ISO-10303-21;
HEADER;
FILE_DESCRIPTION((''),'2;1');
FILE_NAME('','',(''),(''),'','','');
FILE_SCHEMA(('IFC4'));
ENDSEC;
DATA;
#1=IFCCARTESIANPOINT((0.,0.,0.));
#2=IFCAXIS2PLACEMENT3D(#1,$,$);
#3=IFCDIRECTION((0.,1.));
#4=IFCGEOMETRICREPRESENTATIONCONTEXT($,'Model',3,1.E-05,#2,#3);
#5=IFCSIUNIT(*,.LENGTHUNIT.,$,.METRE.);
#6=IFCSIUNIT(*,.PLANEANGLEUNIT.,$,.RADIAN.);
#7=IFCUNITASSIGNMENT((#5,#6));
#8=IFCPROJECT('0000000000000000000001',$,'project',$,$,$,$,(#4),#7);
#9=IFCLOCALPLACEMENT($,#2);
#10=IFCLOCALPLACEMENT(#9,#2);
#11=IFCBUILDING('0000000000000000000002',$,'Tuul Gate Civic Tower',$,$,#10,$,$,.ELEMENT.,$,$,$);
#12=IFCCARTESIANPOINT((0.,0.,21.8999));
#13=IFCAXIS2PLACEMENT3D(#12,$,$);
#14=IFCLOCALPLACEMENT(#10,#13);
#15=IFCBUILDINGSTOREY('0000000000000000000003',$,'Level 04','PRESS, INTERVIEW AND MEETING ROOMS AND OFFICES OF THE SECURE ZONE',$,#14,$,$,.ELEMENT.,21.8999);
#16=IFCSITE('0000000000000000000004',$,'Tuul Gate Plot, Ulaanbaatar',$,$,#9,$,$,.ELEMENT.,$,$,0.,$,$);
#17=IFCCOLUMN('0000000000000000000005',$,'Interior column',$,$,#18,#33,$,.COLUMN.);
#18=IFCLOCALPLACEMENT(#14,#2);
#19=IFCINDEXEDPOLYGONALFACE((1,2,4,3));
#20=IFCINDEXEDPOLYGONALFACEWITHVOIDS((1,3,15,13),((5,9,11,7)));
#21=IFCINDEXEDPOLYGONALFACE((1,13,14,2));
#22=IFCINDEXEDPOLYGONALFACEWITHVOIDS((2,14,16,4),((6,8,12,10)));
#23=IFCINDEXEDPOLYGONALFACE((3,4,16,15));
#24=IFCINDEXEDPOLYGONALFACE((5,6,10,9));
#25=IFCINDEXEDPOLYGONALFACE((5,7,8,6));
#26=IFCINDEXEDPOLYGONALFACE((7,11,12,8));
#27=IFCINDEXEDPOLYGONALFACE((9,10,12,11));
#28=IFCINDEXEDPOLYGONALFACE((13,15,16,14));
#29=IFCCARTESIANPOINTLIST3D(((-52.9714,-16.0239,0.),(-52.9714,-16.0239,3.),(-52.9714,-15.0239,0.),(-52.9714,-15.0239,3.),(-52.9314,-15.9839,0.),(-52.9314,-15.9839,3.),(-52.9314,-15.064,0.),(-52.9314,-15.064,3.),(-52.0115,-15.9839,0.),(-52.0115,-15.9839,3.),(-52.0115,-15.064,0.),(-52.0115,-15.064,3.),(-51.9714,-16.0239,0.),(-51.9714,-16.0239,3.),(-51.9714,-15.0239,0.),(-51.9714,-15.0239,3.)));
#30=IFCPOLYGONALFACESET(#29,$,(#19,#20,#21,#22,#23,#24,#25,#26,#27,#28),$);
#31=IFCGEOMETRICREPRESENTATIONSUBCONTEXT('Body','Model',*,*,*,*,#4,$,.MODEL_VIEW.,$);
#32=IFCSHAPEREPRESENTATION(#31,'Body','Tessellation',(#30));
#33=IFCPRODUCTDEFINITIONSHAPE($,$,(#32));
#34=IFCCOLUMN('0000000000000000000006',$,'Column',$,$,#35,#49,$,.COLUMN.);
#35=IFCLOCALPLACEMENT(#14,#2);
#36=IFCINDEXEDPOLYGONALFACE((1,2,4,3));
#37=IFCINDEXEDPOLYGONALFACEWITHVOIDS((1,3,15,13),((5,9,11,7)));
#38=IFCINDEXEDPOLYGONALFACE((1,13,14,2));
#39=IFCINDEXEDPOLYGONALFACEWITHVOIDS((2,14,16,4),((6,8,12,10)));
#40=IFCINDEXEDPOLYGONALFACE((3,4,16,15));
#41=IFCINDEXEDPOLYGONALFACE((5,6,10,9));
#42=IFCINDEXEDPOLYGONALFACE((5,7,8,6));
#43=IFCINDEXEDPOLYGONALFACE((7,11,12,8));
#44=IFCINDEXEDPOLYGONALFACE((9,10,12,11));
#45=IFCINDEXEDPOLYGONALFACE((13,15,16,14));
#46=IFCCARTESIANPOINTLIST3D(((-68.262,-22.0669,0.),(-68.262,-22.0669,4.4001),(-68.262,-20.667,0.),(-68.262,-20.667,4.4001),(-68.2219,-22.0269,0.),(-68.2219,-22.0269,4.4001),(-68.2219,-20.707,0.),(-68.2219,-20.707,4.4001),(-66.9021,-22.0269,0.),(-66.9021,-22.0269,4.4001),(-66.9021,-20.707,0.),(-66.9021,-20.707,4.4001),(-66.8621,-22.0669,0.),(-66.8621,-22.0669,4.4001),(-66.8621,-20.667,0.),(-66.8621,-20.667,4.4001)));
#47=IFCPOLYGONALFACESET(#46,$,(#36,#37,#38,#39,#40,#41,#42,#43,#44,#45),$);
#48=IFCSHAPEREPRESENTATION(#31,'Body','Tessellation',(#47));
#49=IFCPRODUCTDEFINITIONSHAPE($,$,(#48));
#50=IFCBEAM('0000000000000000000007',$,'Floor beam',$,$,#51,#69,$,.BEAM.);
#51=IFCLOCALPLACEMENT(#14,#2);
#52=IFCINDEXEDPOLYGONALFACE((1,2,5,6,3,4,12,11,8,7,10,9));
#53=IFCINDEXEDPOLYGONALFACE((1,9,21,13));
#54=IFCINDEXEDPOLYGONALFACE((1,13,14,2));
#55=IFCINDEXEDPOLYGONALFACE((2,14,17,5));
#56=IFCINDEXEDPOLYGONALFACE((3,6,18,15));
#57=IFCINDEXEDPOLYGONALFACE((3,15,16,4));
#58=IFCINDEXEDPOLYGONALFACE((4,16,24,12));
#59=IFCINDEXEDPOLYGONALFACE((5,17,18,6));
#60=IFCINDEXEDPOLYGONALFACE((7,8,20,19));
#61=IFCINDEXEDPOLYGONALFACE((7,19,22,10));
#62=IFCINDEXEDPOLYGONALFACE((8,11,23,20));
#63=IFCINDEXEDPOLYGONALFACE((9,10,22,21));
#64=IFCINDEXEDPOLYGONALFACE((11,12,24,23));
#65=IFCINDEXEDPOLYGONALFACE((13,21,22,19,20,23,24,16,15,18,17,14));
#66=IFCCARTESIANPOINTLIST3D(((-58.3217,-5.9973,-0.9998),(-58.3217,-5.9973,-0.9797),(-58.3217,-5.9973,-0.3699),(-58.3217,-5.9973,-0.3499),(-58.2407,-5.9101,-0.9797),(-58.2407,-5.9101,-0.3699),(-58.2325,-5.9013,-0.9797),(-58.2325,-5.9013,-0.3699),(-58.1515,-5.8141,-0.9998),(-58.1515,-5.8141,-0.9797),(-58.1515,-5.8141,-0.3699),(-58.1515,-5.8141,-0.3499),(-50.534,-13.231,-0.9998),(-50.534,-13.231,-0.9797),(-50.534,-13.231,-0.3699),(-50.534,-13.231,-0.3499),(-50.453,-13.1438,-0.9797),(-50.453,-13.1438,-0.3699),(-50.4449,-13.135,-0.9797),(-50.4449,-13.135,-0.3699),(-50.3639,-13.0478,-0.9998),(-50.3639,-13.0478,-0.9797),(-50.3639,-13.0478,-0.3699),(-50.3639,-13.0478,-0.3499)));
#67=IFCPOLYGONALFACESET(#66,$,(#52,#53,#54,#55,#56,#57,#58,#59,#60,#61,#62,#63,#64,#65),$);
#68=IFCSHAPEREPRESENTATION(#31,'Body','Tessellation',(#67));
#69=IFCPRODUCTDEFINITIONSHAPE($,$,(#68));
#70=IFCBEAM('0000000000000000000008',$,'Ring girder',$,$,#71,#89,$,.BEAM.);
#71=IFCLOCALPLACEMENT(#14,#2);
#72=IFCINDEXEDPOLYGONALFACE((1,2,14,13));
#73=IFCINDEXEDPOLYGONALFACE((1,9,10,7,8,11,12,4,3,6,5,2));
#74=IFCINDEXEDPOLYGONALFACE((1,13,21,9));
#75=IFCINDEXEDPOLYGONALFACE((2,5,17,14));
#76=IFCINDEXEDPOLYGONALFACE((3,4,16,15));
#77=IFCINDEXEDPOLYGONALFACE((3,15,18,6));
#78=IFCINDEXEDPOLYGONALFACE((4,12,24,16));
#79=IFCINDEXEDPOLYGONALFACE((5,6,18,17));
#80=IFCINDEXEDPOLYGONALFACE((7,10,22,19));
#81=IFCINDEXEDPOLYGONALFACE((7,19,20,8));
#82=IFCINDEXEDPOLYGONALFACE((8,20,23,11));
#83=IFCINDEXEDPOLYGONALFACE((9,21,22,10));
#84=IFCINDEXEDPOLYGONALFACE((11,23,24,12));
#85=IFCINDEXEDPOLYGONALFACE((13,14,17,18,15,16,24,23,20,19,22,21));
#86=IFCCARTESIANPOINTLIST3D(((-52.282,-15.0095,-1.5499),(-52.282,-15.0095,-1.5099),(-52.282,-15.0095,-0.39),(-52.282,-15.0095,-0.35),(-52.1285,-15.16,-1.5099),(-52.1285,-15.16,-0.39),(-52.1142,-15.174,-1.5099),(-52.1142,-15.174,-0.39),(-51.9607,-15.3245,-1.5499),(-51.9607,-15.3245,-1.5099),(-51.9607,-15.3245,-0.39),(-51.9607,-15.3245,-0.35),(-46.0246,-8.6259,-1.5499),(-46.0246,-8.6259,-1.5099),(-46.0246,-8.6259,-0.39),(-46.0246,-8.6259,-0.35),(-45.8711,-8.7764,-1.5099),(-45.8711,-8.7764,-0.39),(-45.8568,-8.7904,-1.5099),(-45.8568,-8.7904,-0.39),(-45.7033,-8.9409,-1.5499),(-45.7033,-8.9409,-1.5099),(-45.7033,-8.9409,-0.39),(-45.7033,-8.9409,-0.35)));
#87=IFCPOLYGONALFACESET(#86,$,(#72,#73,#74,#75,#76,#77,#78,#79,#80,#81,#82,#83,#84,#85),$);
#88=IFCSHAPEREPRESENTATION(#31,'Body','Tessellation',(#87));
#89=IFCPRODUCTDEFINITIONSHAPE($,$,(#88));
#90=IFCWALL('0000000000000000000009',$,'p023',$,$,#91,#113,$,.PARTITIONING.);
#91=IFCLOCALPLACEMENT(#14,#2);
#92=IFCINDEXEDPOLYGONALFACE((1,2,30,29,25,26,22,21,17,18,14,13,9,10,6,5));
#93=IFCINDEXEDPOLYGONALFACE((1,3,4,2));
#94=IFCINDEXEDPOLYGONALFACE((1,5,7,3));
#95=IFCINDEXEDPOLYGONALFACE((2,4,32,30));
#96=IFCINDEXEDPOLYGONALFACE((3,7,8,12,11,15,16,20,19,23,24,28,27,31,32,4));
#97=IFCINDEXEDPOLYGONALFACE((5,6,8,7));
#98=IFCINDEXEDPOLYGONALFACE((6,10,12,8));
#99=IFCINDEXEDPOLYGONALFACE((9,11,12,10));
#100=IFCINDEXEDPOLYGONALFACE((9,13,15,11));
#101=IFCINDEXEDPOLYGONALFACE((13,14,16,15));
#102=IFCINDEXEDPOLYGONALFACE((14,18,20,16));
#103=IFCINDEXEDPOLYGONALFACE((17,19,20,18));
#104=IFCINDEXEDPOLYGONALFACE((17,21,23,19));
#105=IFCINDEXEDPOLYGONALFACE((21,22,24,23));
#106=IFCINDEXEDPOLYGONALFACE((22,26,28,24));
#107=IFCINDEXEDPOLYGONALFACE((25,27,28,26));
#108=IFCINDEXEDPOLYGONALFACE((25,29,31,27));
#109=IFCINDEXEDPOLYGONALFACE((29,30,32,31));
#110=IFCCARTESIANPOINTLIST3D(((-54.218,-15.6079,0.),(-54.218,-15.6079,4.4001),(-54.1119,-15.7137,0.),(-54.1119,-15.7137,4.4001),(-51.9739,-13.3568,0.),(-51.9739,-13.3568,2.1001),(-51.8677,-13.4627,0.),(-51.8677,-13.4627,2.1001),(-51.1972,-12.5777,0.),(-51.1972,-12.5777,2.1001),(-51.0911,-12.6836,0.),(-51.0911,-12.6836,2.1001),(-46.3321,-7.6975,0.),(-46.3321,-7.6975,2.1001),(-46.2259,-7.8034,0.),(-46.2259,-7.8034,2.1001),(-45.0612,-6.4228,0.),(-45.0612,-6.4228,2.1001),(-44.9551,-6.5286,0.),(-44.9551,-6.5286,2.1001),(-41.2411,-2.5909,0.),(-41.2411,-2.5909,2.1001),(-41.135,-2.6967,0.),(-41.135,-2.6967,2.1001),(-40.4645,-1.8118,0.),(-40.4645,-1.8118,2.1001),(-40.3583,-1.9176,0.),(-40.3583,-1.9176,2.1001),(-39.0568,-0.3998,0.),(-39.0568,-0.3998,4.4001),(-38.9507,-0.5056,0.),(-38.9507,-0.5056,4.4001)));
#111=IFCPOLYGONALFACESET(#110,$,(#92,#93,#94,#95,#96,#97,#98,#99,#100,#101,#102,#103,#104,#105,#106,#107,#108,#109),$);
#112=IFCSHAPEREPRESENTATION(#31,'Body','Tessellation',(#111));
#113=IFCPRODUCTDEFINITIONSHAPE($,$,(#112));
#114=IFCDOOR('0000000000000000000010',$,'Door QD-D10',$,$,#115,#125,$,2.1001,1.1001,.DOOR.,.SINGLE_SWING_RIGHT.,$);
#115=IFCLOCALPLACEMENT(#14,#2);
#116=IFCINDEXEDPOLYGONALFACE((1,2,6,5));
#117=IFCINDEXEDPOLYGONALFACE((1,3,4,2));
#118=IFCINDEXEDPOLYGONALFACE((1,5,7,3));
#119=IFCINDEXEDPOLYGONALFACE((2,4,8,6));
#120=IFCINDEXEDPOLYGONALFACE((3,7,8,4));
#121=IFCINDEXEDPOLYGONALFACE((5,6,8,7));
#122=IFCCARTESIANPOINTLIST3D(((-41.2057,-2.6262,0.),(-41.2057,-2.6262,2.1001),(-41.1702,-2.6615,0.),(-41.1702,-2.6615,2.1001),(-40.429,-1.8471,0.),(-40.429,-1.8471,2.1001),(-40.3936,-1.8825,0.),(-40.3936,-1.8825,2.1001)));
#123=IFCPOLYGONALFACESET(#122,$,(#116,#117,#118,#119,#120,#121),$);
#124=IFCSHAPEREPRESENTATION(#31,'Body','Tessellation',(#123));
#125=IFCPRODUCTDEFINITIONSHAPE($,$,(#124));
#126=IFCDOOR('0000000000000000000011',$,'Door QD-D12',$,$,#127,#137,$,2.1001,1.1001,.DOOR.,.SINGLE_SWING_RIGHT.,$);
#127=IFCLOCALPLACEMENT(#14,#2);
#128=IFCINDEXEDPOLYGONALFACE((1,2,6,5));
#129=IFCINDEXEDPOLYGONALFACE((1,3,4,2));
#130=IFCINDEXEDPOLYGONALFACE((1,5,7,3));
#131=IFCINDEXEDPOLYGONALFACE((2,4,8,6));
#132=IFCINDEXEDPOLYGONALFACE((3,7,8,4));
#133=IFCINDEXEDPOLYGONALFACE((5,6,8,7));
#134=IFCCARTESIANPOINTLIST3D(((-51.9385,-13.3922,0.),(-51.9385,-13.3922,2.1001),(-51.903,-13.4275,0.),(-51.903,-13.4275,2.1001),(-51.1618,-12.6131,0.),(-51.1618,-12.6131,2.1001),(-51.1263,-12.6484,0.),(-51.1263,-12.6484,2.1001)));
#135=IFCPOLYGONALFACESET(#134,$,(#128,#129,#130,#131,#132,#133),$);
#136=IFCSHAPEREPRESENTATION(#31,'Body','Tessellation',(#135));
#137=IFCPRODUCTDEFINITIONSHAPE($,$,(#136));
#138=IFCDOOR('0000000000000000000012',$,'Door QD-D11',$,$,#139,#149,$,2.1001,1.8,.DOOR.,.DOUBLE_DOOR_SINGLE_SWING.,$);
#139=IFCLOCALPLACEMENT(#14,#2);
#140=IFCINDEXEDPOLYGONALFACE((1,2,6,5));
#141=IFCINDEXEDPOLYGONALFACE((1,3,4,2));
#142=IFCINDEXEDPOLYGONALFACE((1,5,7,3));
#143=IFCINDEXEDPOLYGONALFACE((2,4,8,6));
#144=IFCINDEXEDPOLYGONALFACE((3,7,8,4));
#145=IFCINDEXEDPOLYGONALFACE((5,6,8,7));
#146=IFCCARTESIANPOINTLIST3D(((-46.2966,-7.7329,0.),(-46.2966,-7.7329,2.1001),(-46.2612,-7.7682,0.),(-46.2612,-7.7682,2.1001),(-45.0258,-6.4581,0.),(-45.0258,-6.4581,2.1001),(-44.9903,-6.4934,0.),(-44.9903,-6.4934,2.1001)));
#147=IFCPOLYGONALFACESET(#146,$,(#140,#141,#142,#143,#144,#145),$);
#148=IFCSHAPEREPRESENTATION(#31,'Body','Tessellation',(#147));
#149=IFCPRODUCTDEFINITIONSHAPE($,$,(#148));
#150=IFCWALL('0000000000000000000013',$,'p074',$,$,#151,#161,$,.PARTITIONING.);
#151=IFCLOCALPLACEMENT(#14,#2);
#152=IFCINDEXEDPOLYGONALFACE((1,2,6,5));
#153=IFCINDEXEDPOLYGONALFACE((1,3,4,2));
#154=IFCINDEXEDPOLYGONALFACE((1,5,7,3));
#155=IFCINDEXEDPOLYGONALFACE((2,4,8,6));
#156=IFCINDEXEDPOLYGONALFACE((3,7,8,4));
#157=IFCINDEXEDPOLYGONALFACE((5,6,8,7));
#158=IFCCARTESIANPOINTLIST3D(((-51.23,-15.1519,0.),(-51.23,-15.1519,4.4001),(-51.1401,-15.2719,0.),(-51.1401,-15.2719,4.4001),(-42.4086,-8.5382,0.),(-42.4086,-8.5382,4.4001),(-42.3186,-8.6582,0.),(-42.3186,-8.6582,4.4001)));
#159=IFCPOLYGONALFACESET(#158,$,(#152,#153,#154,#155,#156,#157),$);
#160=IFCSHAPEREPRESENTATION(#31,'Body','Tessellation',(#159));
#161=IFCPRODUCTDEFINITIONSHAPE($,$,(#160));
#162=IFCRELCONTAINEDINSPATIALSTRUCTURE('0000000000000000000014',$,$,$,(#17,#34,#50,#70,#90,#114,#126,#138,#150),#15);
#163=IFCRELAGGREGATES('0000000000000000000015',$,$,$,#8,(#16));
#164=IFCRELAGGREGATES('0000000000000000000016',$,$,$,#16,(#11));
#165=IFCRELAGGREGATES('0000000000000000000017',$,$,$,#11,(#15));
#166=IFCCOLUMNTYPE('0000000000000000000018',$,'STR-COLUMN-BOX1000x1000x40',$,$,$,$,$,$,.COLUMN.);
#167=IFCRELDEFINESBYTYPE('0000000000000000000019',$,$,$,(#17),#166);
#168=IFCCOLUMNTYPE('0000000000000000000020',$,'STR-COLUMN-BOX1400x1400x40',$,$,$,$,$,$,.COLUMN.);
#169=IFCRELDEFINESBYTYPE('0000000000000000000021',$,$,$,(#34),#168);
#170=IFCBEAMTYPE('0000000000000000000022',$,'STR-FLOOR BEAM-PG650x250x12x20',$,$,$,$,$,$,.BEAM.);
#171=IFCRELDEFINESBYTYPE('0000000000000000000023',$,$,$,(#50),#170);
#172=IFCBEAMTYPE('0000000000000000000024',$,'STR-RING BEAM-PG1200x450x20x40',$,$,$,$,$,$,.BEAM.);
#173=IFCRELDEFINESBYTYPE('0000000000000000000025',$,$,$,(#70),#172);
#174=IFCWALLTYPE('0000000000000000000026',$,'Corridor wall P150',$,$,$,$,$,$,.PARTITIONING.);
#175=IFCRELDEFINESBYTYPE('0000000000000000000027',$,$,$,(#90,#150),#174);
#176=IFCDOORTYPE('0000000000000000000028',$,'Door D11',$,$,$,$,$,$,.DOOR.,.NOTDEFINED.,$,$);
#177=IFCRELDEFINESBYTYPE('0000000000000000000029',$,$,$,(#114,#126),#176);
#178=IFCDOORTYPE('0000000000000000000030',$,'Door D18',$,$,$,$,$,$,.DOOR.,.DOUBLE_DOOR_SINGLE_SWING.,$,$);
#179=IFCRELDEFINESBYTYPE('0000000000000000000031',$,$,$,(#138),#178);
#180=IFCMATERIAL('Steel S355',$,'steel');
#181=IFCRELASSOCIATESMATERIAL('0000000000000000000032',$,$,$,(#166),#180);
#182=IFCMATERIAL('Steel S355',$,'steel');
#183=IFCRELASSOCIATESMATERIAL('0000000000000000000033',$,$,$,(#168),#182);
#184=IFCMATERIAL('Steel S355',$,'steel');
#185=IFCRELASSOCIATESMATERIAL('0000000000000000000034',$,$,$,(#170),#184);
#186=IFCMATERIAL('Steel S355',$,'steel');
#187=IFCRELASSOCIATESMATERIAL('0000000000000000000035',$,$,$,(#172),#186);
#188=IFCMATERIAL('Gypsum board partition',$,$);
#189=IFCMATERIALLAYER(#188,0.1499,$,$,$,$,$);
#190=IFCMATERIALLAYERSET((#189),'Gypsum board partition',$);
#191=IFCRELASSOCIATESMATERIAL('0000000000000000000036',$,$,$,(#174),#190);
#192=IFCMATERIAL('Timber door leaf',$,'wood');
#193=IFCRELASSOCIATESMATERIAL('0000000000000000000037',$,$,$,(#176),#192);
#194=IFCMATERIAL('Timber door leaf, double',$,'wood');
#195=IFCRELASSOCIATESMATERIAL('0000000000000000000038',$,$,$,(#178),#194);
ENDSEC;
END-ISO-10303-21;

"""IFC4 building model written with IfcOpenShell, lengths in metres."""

from ifc_helpers import new_model, si_unit, direction, frame, frame_2d, origin, origin_2d, place, context, subcontext, project, spatial, rectangle, hollow_rectangle, i_section, extrude, material, layer, layer_set, material_profile, profile_set, type_object, element, fill, save


model = new_model("IFC4")

# Units and contexts
model_context = context("Model", 3, precision=1e-05, world=origin(), true_north=direction((0.0, 1.0)))
body_context = subcontext(model_context, "Body", "Model", "MODEL_VIEW")
ifc_project = project(units=[si_unit("LENGTHUNIT", "METRE"), si_unit("PLANEANGLEUNIT", "RADIAN")], contexts=[model_context])

# Site, building, storey
site_placement = place(None, origin())
site = spatial("IfcSite", under=ifc_project, at=site_placement, Name="Tuul Gate Plot, Ulaanbaatar", CompositionType="ELEMENT", RefElevation=0.0)
building_placement = place(site_placement, origin())
building = spatial("IfcBuilding", under=site, at=building_placement, Name="Tuul Gate Civic Tower", CompositionType="ELEMENT")
storey_placement = place(building_placement, frame((0.0, 0.0, 21.8999)))
storey = spatial("IfcBuildingStorey", under=building, at=storey_placement, Name="Level 04", Description="PRESS, INTERVIEW AND MEETING ROOMS AND OFFICES OF THE SECURE ZONE", CompositionType="ELEMENT", Elevation=21.8999)

# Columns
ifc_material_1 = material(Name="Steel S355", Category="steel")
ifc_material_profile_1 = material_profile(ifc_material_1, hollow_rectangle(XDim=1.0, YDim=1.0, WallThickness=0.04, at=origin_2d()), Name="BOX1000x1000x40")
ifc_profile_set_1 = profile_set([ifc_material_profile_1], Name="Steel S355")
column_type_1 = type_object("IfcColumnType", Name="STR-COLUMN-BOX1000x1000x40", PredefinedType="COLUMN", material=ifc_profile_set_1)
column_1_placement = place(storey_placement, frame((-52.4714, -15.5239, 0.0), z_axis=(0.0, 0.0, 1.0), x_axis=(1.0, 0.0, 0.0)))
element("IfcColumn", 1, at=column_1_placement, inside=storey, type_object=column_type_1, Name="Interior column", PredefinedType="COLUMN", context=body_context, shape_type="SweptSolid", body=[
    extrude(hollow_rectangle(XDim=1.0, YDim=1.0, WallThickness=0.04, at=origin_2d()), origin(), (0.0, 0.0, 1.0), 3.0),
])
ifc_material_2 = material(Name="Steel S355", Category="steel")
ifc_material_profile_2 = material_profile(ifc_material_2, hollow_rectangle(XDim=1.3999, YDim=1.3999, WallThickness=0.04, at=origin_2d()), Name="BOX1400x1400x40")
ifc_profile_set_2 = profile_set([ifc_material_profile_2], Name="Steel S355")
column_type_2 = type_object("IfcColumnType", Name="STR-COLUMN-BOX1400x1400x40", PredefinedType="COLUMN", material=ifc_profile_set_2)
column_2_placement = place(storey_placement, frame((-67.562, -21.3669, 0.0), z_axis=(0.0, 0.0, 1.0), x_axis=(1.0, 0.0, 0.0)))
element("IfcColumn", 2, at=column_2_placement, inside=storey, type_object=column_type_2, Name="Column", PredefinedType="COLUMN", context=body_context, shape_type="SweptSolid", body=[
    extrude(hollow_rectangle(XDim=1.3999, YDim=1.3999, WallThickness=0.04, at=origin_2d()), origin(), (0.0, 0.0, 1.0), 4.4001),
])

# Beams
ifc_material_3 = material(Name="Steel S355", Category="steel")
ifc_material_profile_3 = material_profile(ifc_material_3, i_section(OverallWidth=0.25, OverallDepth=0.6499, WebThickness=0.012, FlangeThickness=0.02, at=origin_2d()), Name="PG650x250x12x20")
ifc_profile_set_3 = profile_set([ifc_material_profile_3], Name="Steel S355")
beam_type_1 = type_object("IfcBeamType", Name="STR-FLOOR BEAM-PG650x250x12x20", PredefinedType="BEAM", material=ifc_profile_set_3)
beam_1_placement = place(storey_placement, frame((-50.449, -13.1394, -0.6748), z_axis=(-0.732685, 0.680567, 0.0), x_axis=(-0.680567, -0.732685, 0.0)))
element("IfcBeam", 3, at=beam_1_placement, inside=storey, type_object=beam_type_1, Name="Floor beam", PredefinedType="BEAM", context=body_context, shape_type="SweptSolid", body=[
    extrude(i_section(OverallWidth=0.25, OverallDepth=0.6499, WebThickness=0.012, FlangeThickness=0.02, at=origin_2d()), origin(), (0.0, 0.0, 1.0), 10.6289),
])
ifc_material_4 = material(Name="Steel S355", Category="steel")
ifc_material_profile_4 = material_profile(ifc_material_4, i_section(OverallWidth=0.45, OverallDepth=1.2, WebThickness=0.02, FlangeThickness=0.04, at=origin_2d()), Name="PG1200x450x20x40")
ifc_profile_set_4 = profile_set([ifc_material_profile_4], Name="Steel S355")
beam_type_2 = type_object("IfcBeamType", Name="STR-RING BEAM-PG1200x450x20x40", PredefinedType="BEAM", material=ifc_profile_set_4)
beam_2_placement = place(storey_placement, frame((-52.1213, -15.167, -0.95), z_axis=(0.700011, 0.714132, 0.0), x_axis=(-0.714132, 0.700011, 0.0)))
element("IfcBeam", 4, at=beam_2_placement, inside=storey, type_object=beam_type_2, Name="Ring girder", PredefinedType="BEAM", context=body_context, shape_type="SweptSolid", body=[
    extrude(i_section(OverallWidth=0.45, OverallDepth=1.2, WebThickness=0.02, FlangeThickness=0.04, at=origin_2d()), origin(), (0.0, 0.0, 1.0), 8.939),
])

# Wall, openings, doors
ifc_material_5 = material(Name="Gypsum board partition")
ifc_layer_1 = layer(ifc_material_5, 0.1499)
ifc_layer_set_1 = layer_set([ifc_layer_1], Name="Gypsum board partition")
wall_type_1 = type_object("IfcWallType", Name="Corridor wall P150", PredefinedType="PARTITIONING", material=ifc_layer_set_1)
wall_1_placement = place(storey_placement, frame((-54.165, -15.6609, 0.0), z_axis=(0.0, 0.0, 1.0), x_axis=(0.706015, 0.708197, 0.0)))
wall_1 = element("IfcWall", 5, at=wall_1_placement, inside=storey, type_object=wall_type_1, Name="p023", PredefinedType="PARTITIONING", context=body_context, shape_type="SweptSolid", body=[
    extrude(rectangle(XDim=21.4744, YDim=0.1499, at=frame_2d((10.7373, 0.0))), origin(), (0.0, 0.0, 1.0), 4.4001),
])
opening_1_placement = place(wall_1_placement, frame((18.3806, 0.0, 0.0)))
opening_1 = element("IfcOpeningElement", 6, at=opening_1_placement, cuts=wall_1, PredefinedType="OPENING", context=body_context, shape_type="SweptSolid", body=[
    extrude(rectangle(XDim=1.1001, YDim=2.1001, at=frame_2d((0.55, 1.05))), frame((0.0, 0.085, 0.0), z_axis=(0.0, -1.0, 0.0), x_axis=(1.0, 0.0, 0.0)), (0.0, 0.0, 1.0), 0.1699),
])
opening_2_placement = place(wall_1_placement, frame((11.1699, 0.0, 0.0)))
opening_2 = element("IfcOpeningElement", 7, at=opening_2_placement, cuts=wall_1, PredefinedType="OPENING", context=body_context, shape_type="SweptSolid", body=[
    extrude(rectangle(XDim=1.8, YDim=2.1001, at=frame_2d((0.8999, 1.05))), frame((0.0, 0.085, 0.0), z_axis=(0.0, -1.0, 0.0), x_axis=(1.0, 0.0, 0.0)), (0.0, 0.0, 1.0), 0.1699),
])
opening_3_placement = place(wall_1_placement, frame((3.1787, 0.0, 0.0)))
opening_3 = element("IfcOpeningElement", 8, at=opening_3_placement, cuts=wall_1, PredefinedType="OPENING", context=body_context, shape_type="SweptSolid", body=[
    extrude(rectangle(XDim=1.1001, YDim=2.1001, at=frame_2d((0.55, 1.05))), frame((0.0, 0.085, 0.0), z_axis=(0.0, -1.0, 0.0), x_axis=(1.0, 0.0, 0.0)), (0.0, 0.0, 1.0), 0.1699),
])
ifc_material_6 = material(Name="Timber door leaf", Category="wood")
door_type_1 = type_object("IfcDoorType", Name="Door D11", OperationType="NOTDEFINED", PredefinedType="DOOR", material=ifc_material_6)
door_1_placement = place(opening_1_placement, origin())
door_1 = element("IfcDoor", 9, at=door_1_placement, inside=storey, type_object=door_type_1, Name="Door QD-D10", OperationType="SINGLE_SWING_RIGHT", OverallHeight=2.1001, OverallWidth=1.1001, PredefinedType="DOOR", context=body_context, shape_type="SweptSolid", body=[
    extrude(rectangle(XDim=1.1001, YDim=2.1001, at=frame_2d((0.55, 1.05))), frame((0.0, 0.0249, 0.0), z_axis=(0.0, -1.0, 0.0), x_axis=(1.0, 0.0, 0.0)), (0.0, 0.0, 1.0), 0.05),
])
fill(opening_1, door_1)
door_2_placement = place(opening_3_placement, origin())
door_2 = element("IfcDoor", 10, at=door_2_placement, inside=storey, type_object=door_type_1, Name="Door QD-D12", OperationType="SINGLE_SWING_RIGHT", OverallHeight=2.1001, OverallWidth=1.1001, PredefinedType="DOOR", context=body_context, shape_type="SweptSolid", body=[
    extrude(rectangle(XDim=1.1001, YDim=2.1001, at=frame_2d((0.55, 1.05))), frame((0.0, 0.0249, 0.0), z_axis=(0.0, -1.0, 0.0), x_axis=(1.0, 0.0, 0.0)), (0.0, 0.0, 1.0), 0.05),
])
fill(opening_3, door_2)
ifc_material_7 = material(Name="Timber door leaf, double", Category="wood")
door_type_2 = type_object("IfcDoorType", Name="Door D18", OperationType="DOUBLE_DOOR_SINGLE_SWING", PredefinedType="DOOR", material=ifc_material_7)
door_3_placement = place(opening_2_placement, origin())
door_3 = element("IfcDoor", 11, at=door_3_placement, inside=storey, type_object=door_type_2, Name="Door QD-D11", OperationType="DOUBLE_DOOR_SINGLE_SWING", OverallHeight=2.1001, OverallWidth=1.8, PredefinedType="DOOR", context=body_context, shape_type="SweptSolid", body=[
    extrude(rectangle(XDim=1.8, YDim=2.1001, at=frame_2d((0.8999, 1.05))), frame((0.0, 0.0249, 0.0), z_axis=(0.0, -1.0, 0.0), x_axis=(1.0, 0.0, 0.0)), (0.0, 0.0, 1.0), 0.05),
])
fill(opening_2, door_3)

# Wall
wall_2_placement = place(storey_placement, frame((-51.1851, -15.2119, 0.0), z_axis=(0.0, 0.0, 1.0), x_axis=(0.800104, 0.599862, 0.0)))
element("IfcWall", 12, at=wall_2_placement, inside=storey, type_object=wall_type_1, Name="p074", PredefinedType="PARTITIONING", context=body_context, shape_type="SweptSolid", body=[
    extrude(rectangle(XDim=11.0254, YDim=0.1499, at=frame_2d((5.5127, 0.0))), origin(), (0.0, 0.0, 1.0), 4.4001),
])

save(model, "model.ifc")
